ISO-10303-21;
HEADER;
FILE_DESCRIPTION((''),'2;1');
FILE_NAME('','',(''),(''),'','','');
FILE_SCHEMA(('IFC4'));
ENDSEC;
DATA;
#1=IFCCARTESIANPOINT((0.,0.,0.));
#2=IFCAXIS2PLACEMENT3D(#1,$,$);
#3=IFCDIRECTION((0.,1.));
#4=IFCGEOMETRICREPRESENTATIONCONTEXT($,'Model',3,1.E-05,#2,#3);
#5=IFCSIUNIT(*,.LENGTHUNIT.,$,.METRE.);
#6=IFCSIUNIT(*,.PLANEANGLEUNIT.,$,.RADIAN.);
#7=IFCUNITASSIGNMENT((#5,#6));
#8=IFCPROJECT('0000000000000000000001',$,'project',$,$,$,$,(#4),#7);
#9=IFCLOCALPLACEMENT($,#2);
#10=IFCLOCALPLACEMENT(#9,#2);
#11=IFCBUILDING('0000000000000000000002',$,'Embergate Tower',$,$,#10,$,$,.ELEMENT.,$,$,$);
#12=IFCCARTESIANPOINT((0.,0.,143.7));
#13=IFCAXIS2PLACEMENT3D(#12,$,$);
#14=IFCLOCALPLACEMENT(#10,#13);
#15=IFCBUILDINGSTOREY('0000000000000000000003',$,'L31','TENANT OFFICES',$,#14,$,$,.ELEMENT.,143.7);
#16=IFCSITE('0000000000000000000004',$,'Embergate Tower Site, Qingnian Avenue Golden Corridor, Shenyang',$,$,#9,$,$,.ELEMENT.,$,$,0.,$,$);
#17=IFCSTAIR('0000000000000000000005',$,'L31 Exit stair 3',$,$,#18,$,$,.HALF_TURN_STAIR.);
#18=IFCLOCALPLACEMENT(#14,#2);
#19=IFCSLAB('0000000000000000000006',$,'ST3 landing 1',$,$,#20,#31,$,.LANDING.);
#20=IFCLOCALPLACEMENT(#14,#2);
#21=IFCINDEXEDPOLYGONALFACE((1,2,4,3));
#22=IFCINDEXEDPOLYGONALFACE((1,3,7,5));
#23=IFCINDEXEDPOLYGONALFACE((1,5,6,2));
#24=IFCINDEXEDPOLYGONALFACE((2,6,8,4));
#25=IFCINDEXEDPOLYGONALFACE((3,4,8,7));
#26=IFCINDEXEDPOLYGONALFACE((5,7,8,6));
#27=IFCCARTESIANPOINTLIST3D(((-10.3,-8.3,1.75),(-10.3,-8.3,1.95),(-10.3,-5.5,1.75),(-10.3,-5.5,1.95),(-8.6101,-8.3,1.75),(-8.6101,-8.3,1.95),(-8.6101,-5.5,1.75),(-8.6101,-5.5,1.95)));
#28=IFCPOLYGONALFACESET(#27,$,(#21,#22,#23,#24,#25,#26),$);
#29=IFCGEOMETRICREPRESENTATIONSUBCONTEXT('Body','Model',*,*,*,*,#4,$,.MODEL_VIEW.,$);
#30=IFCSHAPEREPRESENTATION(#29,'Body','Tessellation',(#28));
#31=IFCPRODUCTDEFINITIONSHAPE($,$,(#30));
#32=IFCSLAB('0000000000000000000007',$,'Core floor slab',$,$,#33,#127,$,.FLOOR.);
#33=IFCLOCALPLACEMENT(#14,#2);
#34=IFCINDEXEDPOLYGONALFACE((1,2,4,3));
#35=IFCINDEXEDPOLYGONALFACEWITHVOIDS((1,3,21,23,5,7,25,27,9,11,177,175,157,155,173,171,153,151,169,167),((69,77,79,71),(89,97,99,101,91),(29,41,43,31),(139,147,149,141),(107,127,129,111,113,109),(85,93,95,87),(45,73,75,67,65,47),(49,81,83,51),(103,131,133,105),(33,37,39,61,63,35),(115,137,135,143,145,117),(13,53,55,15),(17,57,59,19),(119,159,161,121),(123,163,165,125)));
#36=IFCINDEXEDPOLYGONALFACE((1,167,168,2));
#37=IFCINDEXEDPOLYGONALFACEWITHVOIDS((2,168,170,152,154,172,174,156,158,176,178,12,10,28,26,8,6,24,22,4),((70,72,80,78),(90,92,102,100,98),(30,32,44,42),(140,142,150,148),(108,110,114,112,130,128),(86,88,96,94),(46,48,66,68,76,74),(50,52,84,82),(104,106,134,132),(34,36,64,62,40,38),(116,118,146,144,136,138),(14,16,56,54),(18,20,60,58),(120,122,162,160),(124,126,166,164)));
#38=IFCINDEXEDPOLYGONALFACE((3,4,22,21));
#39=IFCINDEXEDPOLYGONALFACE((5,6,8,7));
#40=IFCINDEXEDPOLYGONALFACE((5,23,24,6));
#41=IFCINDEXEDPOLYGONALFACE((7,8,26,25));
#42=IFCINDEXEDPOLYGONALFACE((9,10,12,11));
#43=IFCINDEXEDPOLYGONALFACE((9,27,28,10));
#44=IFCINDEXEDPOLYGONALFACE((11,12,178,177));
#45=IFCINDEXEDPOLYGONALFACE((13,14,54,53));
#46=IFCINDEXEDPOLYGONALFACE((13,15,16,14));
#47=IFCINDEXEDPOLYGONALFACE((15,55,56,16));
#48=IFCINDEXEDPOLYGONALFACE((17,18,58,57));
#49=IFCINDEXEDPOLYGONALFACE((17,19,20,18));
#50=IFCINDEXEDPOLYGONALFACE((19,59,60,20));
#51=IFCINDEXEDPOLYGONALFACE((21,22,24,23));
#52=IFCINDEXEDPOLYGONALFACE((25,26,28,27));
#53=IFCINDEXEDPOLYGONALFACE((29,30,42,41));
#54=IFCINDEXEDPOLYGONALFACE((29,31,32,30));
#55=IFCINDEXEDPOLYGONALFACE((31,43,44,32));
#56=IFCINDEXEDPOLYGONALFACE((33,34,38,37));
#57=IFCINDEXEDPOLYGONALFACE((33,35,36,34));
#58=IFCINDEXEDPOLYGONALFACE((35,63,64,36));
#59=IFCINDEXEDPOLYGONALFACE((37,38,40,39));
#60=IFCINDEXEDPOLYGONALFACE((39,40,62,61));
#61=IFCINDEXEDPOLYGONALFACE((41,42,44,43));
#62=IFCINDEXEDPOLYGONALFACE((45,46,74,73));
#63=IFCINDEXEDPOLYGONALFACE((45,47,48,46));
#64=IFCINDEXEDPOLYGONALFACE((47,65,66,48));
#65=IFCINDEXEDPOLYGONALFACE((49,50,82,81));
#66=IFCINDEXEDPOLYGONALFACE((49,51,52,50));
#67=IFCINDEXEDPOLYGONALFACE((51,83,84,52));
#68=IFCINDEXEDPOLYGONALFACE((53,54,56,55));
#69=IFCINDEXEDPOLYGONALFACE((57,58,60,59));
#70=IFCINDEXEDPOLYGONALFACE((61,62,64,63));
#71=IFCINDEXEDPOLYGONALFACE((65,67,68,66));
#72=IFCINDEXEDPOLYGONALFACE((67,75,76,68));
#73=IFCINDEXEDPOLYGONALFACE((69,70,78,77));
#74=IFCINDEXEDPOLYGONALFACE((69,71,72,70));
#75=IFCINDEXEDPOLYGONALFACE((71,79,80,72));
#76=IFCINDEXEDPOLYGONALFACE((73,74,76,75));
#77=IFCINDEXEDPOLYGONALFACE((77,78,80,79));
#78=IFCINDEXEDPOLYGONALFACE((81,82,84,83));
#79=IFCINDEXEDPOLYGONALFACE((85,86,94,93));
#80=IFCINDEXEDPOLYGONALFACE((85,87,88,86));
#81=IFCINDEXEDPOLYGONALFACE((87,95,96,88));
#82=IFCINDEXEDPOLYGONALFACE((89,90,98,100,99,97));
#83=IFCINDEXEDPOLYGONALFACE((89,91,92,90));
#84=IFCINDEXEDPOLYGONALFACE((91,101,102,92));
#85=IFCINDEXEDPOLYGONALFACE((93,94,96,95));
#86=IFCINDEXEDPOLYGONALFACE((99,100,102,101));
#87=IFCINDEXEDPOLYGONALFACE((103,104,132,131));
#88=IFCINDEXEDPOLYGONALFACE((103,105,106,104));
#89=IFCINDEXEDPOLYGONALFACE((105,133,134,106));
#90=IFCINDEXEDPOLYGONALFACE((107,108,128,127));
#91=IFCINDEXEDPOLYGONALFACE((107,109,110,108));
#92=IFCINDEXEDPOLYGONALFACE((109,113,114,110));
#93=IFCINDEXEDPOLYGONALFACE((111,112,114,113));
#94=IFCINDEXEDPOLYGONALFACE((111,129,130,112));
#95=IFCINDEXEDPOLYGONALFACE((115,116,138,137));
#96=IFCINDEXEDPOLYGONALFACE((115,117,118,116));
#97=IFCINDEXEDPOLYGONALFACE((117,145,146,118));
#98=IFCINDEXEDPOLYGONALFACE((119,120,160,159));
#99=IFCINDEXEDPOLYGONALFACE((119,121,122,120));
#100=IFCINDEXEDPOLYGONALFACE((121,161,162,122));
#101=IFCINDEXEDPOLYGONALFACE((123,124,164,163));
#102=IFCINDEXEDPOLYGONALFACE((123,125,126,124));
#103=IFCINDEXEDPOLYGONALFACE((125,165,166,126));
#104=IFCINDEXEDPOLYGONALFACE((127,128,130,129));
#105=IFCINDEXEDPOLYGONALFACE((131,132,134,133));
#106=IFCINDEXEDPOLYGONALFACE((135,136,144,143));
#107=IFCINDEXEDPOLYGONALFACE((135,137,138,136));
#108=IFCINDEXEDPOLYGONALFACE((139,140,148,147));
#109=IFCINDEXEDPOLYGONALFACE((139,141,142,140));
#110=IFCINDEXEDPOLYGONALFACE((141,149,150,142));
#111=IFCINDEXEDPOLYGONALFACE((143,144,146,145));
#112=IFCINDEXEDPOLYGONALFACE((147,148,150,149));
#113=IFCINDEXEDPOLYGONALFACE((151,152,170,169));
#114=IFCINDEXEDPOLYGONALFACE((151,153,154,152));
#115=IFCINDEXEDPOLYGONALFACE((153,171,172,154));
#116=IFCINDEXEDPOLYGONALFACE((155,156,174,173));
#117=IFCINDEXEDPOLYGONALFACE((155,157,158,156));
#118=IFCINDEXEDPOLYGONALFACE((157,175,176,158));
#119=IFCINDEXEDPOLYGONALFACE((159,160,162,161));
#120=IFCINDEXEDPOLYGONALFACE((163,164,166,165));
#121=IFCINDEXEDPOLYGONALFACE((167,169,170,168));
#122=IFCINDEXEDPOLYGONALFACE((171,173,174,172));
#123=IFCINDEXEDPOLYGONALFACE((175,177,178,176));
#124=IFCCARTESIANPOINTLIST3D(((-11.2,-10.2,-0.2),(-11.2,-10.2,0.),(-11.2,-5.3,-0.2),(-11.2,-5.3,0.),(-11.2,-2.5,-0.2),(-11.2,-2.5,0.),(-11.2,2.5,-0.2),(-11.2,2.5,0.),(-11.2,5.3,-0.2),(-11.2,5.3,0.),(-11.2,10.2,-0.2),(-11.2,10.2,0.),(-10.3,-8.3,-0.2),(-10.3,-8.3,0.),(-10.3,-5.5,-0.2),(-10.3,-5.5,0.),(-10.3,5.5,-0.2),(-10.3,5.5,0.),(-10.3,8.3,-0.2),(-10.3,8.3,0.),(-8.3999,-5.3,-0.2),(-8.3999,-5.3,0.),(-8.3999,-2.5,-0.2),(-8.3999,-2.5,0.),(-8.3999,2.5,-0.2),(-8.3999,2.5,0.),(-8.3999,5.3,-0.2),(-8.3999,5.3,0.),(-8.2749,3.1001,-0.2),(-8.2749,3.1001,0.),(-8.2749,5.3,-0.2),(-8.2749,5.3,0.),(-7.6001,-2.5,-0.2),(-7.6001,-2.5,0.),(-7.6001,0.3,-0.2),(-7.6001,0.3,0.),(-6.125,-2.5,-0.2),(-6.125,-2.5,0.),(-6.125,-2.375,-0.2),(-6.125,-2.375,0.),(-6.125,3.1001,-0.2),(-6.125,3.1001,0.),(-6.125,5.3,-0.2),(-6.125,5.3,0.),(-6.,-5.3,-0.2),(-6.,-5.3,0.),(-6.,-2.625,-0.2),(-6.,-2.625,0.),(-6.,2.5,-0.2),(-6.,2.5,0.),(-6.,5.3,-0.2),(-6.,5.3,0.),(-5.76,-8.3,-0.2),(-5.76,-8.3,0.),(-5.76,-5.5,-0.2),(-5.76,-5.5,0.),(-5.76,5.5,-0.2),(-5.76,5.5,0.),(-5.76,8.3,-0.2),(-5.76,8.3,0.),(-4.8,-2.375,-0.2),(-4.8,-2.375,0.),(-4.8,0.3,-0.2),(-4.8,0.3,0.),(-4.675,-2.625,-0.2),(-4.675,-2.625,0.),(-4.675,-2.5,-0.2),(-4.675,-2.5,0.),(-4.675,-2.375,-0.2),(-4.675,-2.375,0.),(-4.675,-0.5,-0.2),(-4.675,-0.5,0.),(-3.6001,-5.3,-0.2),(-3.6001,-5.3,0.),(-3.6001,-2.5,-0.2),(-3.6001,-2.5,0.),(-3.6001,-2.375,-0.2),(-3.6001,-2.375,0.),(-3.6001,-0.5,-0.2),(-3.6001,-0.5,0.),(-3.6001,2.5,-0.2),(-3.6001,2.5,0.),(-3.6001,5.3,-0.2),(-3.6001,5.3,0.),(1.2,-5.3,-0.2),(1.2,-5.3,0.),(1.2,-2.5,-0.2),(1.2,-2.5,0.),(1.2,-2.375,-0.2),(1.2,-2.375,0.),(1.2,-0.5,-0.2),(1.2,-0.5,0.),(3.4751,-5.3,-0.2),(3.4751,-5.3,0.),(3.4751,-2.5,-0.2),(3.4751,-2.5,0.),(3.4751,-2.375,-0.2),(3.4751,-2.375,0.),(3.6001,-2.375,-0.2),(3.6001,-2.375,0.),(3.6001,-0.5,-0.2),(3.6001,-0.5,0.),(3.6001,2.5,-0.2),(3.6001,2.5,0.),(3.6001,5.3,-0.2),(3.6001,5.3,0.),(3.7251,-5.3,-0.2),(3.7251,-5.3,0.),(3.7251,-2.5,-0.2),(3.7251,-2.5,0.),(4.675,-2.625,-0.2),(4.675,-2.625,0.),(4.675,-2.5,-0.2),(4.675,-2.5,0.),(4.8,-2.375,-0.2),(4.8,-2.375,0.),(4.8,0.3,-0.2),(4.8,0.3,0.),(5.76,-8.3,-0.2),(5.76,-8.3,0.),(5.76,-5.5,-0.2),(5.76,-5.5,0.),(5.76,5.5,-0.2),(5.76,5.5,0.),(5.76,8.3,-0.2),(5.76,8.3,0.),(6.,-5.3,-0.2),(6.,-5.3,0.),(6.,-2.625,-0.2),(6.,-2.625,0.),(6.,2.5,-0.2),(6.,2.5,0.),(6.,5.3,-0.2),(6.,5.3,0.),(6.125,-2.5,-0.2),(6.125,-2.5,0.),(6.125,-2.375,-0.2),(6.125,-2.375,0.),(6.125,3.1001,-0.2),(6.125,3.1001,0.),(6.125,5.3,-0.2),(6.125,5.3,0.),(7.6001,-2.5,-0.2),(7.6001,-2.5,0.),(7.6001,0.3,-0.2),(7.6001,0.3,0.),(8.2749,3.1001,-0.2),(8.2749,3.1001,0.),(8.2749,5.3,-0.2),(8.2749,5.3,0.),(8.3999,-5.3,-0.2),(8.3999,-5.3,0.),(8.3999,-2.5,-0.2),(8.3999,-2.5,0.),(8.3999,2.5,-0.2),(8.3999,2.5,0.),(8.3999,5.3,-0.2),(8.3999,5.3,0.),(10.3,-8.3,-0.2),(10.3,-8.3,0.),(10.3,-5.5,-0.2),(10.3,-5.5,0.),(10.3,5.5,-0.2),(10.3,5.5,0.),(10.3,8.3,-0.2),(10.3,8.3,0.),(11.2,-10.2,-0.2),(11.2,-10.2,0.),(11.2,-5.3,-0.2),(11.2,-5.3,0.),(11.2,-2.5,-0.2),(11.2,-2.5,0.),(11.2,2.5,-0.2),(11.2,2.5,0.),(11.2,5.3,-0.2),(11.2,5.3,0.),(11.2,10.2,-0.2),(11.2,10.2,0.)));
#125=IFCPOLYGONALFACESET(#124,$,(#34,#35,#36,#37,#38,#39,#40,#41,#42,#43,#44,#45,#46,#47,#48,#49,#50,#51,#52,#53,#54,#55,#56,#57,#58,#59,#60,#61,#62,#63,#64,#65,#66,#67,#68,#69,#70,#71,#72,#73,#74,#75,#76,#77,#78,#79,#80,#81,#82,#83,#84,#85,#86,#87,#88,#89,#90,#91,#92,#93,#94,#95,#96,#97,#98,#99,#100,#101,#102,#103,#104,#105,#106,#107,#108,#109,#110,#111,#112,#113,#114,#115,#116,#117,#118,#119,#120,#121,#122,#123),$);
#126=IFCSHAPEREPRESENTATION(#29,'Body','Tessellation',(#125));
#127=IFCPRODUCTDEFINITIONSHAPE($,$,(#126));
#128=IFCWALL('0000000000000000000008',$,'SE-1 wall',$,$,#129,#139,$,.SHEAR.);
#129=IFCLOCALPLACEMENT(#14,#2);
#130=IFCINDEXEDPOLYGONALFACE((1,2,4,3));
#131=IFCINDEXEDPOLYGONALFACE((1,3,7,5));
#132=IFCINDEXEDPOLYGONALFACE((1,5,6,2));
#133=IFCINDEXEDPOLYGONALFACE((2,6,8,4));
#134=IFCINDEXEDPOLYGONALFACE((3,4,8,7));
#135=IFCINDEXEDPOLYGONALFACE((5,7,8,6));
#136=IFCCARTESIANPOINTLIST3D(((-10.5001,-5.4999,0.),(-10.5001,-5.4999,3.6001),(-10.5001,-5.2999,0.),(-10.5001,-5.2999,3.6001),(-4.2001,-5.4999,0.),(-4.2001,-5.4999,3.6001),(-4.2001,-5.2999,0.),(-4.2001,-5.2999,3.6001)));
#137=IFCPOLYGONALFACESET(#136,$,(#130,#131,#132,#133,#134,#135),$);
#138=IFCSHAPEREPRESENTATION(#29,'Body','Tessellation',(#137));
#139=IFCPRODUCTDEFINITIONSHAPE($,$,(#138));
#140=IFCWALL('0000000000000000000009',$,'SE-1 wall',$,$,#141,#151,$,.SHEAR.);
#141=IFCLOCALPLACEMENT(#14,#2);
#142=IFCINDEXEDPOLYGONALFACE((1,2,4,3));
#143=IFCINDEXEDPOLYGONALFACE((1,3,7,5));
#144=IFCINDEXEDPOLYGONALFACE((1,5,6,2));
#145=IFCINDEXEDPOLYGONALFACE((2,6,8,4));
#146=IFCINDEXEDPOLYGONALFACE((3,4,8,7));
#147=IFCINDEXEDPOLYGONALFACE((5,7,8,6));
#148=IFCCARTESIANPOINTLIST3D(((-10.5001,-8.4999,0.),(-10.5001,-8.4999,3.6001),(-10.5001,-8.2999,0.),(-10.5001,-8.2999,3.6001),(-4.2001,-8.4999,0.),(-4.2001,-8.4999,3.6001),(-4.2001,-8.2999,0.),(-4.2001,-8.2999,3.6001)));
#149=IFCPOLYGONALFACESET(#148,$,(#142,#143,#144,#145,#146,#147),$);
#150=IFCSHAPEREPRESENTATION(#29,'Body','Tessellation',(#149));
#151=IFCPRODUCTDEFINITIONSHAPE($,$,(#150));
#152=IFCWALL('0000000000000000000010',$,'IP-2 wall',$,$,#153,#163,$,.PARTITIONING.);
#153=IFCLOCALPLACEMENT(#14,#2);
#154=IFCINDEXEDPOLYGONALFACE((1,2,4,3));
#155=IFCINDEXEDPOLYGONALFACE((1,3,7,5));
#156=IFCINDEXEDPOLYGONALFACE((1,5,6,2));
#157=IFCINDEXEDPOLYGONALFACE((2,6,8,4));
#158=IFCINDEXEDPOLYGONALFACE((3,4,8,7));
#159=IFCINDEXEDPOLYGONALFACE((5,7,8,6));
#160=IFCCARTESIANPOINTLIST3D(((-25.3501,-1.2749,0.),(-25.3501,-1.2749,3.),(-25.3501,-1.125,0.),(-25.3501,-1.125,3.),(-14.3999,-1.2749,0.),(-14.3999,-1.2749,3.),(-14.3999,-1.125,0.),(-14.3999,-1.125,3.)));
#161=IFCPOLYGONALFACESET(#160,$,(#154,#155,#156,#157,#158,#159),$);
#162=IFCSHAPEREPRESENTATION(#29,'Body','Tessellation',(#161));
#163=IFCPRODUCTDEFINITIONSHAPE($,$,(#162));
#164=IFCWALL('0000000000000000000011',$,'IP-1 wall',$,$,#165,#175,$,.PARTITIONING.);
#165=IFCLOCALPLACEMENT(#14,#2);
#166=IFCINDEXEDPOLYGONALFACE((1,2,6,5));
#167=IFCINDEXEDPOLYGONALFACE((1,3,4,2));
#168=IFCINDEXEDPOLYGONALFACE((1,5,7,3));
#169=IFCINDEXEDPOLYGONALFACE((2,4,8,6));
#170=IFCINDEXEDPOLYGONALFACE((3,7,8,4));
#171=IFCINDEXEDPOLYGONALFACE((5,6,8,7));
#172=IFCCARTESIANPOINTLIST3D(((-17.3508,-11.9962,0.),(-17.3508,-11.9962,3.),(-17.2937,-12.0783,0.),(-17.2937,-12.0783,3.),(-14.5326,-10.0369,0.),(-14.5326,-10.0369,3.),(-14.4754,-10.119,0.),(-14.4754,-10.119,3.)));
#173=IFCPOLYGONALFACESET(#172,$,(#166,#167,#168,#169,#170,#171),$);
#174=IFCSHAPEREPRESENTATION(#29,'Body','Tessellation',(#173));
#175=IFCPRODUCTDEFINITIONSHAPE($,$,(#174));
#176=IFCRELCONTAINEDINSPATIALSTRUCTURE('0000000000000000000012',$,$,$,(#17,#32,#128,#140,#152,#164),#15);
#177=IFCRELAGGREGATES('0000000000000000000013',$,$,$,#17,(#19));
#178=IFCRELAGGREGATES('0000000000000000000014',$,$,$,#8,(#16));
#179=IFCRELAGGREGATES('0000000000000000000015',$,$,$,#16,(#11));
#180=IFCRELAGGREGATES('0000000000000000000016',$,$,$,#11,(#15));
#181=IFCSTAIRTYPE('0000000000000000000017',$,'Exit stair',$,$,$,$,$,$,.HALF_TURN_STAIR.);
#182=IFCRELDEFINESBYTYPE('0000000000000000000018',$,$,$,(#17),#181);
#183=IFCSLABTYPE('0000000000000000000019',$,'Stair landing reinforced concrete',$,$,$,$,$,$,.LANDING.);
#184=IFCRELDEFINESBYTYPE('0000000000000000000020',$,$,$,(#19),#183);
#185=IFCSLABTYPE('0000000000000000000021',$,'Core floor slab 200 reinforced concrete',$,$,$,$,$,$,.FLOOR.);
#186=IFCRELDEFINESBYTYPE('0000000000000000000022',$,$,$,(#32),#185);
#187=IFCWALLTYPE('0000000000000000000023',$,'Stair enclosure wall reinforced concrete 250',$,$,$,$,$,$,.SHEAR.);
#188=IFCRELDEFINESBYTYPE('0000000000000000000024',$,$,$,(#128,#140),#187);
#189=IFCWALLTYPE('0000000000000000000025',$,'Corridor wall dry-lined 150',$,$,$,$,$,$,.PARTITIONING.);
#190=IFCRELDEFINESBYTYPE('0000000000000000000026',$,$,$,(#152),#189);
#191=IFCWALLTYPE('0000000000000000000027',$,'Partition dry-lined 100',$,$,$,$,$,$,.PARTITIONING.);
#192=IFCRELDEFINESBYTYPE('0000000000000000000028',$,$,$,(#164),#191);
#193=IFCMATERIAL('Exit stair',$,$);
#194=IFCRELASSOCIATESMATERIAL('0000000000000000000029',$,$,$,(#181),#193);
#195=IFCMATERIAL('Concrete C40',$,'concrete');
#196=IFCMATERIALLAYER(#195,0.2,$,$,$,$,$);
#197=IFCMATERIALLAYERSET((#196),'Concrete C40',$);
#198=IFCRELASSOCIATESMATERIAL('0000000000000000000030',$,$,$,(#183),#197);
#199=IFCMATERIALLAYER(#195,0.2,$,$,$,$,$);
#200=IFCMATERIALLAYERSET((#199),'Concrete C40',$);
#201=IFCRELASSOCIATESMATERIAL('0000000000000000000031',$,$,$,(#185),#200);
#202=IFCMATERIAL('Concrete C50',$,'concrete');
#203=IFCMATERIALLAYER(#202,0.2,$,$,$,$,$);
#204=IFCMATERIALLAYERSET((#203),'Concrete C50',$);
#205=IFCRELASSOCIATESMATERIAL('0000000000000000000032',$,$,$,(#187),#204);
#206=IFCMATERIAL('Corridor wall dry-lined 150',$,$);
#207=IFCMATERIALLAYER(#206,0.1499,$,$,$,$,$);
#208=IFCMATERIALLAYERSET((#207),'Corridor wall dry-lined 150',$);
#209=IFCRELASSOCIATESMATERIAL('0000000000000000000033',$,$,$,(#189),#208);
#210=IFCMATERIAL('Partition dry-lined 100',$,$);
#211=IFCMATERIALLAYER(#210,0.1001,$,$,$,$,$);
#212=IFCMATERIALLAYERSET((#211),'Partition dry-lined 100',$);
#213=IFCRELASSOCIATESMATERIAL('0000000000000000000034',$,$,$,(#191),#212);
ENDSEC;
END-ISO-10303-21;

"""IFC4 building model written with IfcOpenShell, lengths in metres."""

from ifc_helpers import new_model, si_unit, direction, frame, frame_2d, origin, place, context, subcontext, project, spatial, polyline, rectangle, outline, extrude, source, transform, mapped, material, layer, layer_set, type_object, element, aggregate, save


model = new_model("IFC4")

# Units and contexts
model_context = context("Model", 3, precision=1e-05, world=origin(), true_north=direction((0.0, 1.0)))
body_context = subcontext(model_context, "Body", "Model", "MODEL_VIEW")
ifc_project = project(units=[si_unit("LENGTHUNIT", "METRE"), si_unit("PLANEANGLEUNIT", "RADIAN")], contexts=[model_context])

# Site, building, storey
site_placement = place(None, origin())
site = spatial("IfcSite", under=ifc_project, at=site_placement, Name="Embergate Tower Site, Qingnian Avenue Golden Corridor, Shenyang", CompositionType="ELEMENT", RefElevation=0.0)
building_placement = place(site_placement, origin())
building = spatial("IfcBuilding", under=site, at=building_placement, Name="Embergate Tower", CompositionType="ELEMENT")
storey_placement = place(building_placement, frame((0.0, 0.0, 143.7)))
storey = spatial("IfcBuildingStorey", under=building, at=storey_placement, Name="L31", Description="TENANT OFFICES", CompositionType="ELEMENT", Elevation=143.7)

# Stair, slab
ifc_material_1 = material(Name="Exit stair")
stair_type = type_object("IfcStairType", Name="Exit stair", PredefinedType="HALF_TURN_STAIR", material=ifc_material_1)
stair_placement = place(storey_placement, origin())
stair = element("IfcStair", 1, at=stair_placement, inside=storey, type_object=stair_type, Name="L31 Exit stair 3", PredefinedType="HALF_TURN_STAIR")
ifc_material_2 = material(Name="Concrete C40", Category="concrete")
ifc_layer_1 = layer(ifc_material_2, 0.2)
ifc_layer_set_1 = layer_set([ifc_layer_1], Name="Concrete C40")
slab_type_1 = type_object("IfcSlabType", Name="Stair landing reinforced concrete", PredefinedType="LANDING", material=ifc_layer_set_1)
shared_shape_1 = source(origin(), body_context, "Body", "SweptSolid", [
    extrude(outline(polyline([(0.0, 0.0), (1.6899, 0.0), (1.6899, 2.8), (0.0, 2.8), (0.0, 0.0)])), origin(), (0.0, 0.0, 1.0), 0.2),
])
slab_1_placement = place(storey_placement, frame((-10.3, -8.3, 1.75)))
slab_1 = element("IfcSlab", 2, at=slab_1_placement, type_object=slab_type_1, Name="ST3 landing 1", PredefinedType="LANDING", context=body_context, shape_type="MappedRepresentation", body=[
    mapped(shared_shape_1, transform((0.0, 0.0, 0.0))),
])

# Slab
ifc_layer_2 = layer(ifc_material_2, 0.2)
ifc_layer_set_2 = layer_set([ifc_layer_2], Name="Concrete C40")
slab_type_2 = type_object("IfcSlabType", Name="Core floor slab 200 reinforced concrete", PredefinedType="FLOOR", material=ifc_layer_set_2)
shared_shape_2 = source(origin(), body_context, "Body", "SweptSolid", [
    extrude(outline(polyline([(0.0, 0.0), (22.3999, 0.0), (22.3999, 4.8999), (19.5999, 4.8999), (19.5999, 7.7), (22.3999, 7.7), (22.3999, 12.7), (19.5999, 12.7), (19.5999, 15.5), (22.3999, 15.5), (22.3999, 20.3999), (0.0, 20.3999), (0.0, 15.5), (2.8, 15.5), (2.8, 12.7), (0.0, 12.7), (0.0, 7.7), (2.8, 7.7), (2.8, 4.8999), (0.0, 4.8999), (0.0, 0.0)]), holes=[polyline([(0.8999, 1.8999), (0.8999, 4.7), (5.4399, 4.7), (5.4399, 1.8999), (0.8999, 1.8999)]), polyline([(16.96, 1.8999), (16.96, 4.7), (21.5, 4.7), (21.5, 1.8999), (16.96, 1.8999)]), polyline([(5.2, 4.8999), (5.2, 7.575), (6.5249, 7.575), (6.5249, 7.7), (7.5999, 7.7), (7.5999, 4.8999), (5.2, 4.8999)]), polyline([(12.3999, 4.8999), (12.3999, 7.7), (14.675, 7.7), (14.675, 4.8999), (12.3999, 4.8999)]), polyline([(14.925, 4.8999), (14.925, 7.7), (15.875, 7.7), (15.875, 7.575), (17.2, 7.575), (17.2, 4.8999), (14.925, 4.8999)]), polyline([(3.5999, 7.7), (3.5999, 10.5), (6.3999, 10.5), (6.3999, 7.825), (5.075, 7.825), (5.075, 7.7), (3.5999, 7.7)]), polyline([(17.325, 7.7), (17.325, 7.825), (16.0, 7.825), (16.0, 10.5), (18.8, 10.5), (18.8, 7.7), (17.325, 7.7)]), polyline([(6.5249, 7.825), (6.5249, 9.7), (7.5999, 9.7), (7.5999, 7.825), (6.5249, 7.825)]), polyline([(12.3999, 7.825), (12.3999, 9.7), (14.8, 9.7), (14.8, 7.825), (14.675, 7.825), (12.3999, 7.825)]), polyline([(5.2, 12.7), (5.2, 15.5), (7.5999, 15.5), (7.5999, 12.7), (5.2, 12.7)]), polyline([(14.8, 12.7), (14.8, 15.5), (17.2, 15.5), (17.2, 12.7), (14.8, 12.7)]), polyline([(2.925, 13.3), (2.925, 15.5), (5.075, 15.5), (5.075, 13.3), (2.925, 13.3)]), polyline([(17.325, 13.3), (17.325, 15.5), (19.4749, 15.5), (19.4749, 13.3), (17.325, 13.3)]), polyline([(0.8999, 15.7), (0.8999, 18.5), (5.4399, 18.5), (5.4399, 15.7), (0.8999, 15.7)]), polyline([(16.96, 15.7), (16.96, 18.5), (21.5, 18.5), (21.5, 15.7), (16.96, 15.7)])]), origin(), (0.0, 0.0, 1.0), 0.2),
])
slab_2_placement = place(storey_placement, frame((-11.2, -10.2, -0.2)))
element("IfcSlab", 3, at=slab_2_placement, inside=storey, type_object=slab_type_2, Name="Core floor slab", PredefinedType="FLOOR", context=body_context, shape_type="MappedRepresentation", body=[
    mapped(shared_shape_2, transform((0.0, 0.0, 0.0))),
])

# Walls
ifc_material_3 = material(Name="Concrete C50", Category="concrete")
ifc_layer_3 = layer(ifc_material_3, 0.2)
ifc_layer_set_3 = layer_set([ifc_layer_3], Name="Concrete C50")
wall_type_1 = type_object("IfcWallType", Name="Stair enclosure wall reinforced concrete 250", PredefinedType="SHEAR", material=ifc_layer_set_3)
shared_shape_3 = source(origin(), body_context, "Body", "SweptSolid", [
    extrude(rectangle(XDim=6.3, YDim=0.2, at=frame_2d((3.1499, 0.0))), origin(), (0.0, 0.0, 1.0), 3.6001),
])
for number, where, z_axis, x_axis, name in (
    (4, (-10.5, -5.3999, 0.0), (0.0, 0.0, 1.0), (1.0, 0.0, 0.0), "SE-1 wall"),
    (5, (-10.5, -8.3999, 0.0), (0.0, 0.0, 1.0), (1.0, 0.0, 0.0), "SE-1 wall"),
):
    element("IfcWall", number, at=place(storey_placement, frame(where, z_axis=z_axis, x_axis=x_axis)), inside=storey, type_object=wall_type_1, Name=name, PredefinedType="SHEAR", context=body_context, shape_type="MappedRepresentation", body=[
        mapped(shared_shape_3, transform((0.0, 0.0, 0.0))),
    ])
ifc_material_4 = material(Name="Corridor wall dry-lined 150")
ifc_layer_4 = layer(ifc_material_4, 0.1499)
ifc_layer_set_4 = layer_set([ifc_layer_4], Name="Corridor wall dry-lined 150")
wall_type_2 = type_object("IfcWallType", Name="Corridor wall dry-lined 150", PredefinedType="PARTITIONING", material=ifc_layer_set_4)
shared_shape_4 = source(origin(), body_context, "Body", "SweptSolid", [
    extrude(rectangle(XDim=10.9502, YDim=0.1499, at=frame_2d((5.4751, 0.0))), origin(), (0.0, 0.0, 1.0), 3.0),
])
wall_1_placement = place(storey_placement, frame((-14.3999, -1.2, 0.0), z_axis=(0.0, 0.0, 1.0), x_axis=(-1.0, 0.0, 0.0)))
element("IfcWall", 6, at=wall_1_placement, inside=storey, type_object=wall_type_2, Name="IP-2 wall", PredefinedType="PARTITIONING", context=body_context, shape_type="MappedRepresentation", body=[
    mapped(shared_shape_4, transform((0.0, 0.0, 0.0))),
])
ifc_material_5 = material(Name="Partition dry-lined 100")
ifc_layer_5 = layer(ifc_material_5, 0.1001)
ifc_layer_set_5 = layer_set([ifc_layer_5], Name="Partition dry-lined 100")
wall_type_3 = type_object("IfcWallType", Name="Partition dry-lined 100", PredefinedType="PARTITIONING", material=ifc_layer_set_5)
shared_shape_5 = source(origin(), body_context, "Body", "SweptSolid", [
    extrude(rectangle(XDim=3.4324, YDim=0.1001, at=frame_2d((1.7163, 0.0))), origin(), (0.0, 0.0, 1.0), 3.0),
])
wall_2_placement = place(storey_placement, frame((-14.5039, -10.0779, 0.0), z_axis=(0.0, 0.0, 1.0), x_axis=(-0.821069, -0.570829, 0.0)))
element("IfcWall", 7, at=wall_2_placement, inside=storey, type_object=wall_type_3, Name="IP-1 wall", PredefinedType="PARTITIONING", context=body_context, shape_type="MappedRepresentation", body=[
    mapped(shared_shape_5, transform((0.0, 0.0, 0.0))),
])

aggregate(stair, [slab_1])

save(model, "model.ifc")
